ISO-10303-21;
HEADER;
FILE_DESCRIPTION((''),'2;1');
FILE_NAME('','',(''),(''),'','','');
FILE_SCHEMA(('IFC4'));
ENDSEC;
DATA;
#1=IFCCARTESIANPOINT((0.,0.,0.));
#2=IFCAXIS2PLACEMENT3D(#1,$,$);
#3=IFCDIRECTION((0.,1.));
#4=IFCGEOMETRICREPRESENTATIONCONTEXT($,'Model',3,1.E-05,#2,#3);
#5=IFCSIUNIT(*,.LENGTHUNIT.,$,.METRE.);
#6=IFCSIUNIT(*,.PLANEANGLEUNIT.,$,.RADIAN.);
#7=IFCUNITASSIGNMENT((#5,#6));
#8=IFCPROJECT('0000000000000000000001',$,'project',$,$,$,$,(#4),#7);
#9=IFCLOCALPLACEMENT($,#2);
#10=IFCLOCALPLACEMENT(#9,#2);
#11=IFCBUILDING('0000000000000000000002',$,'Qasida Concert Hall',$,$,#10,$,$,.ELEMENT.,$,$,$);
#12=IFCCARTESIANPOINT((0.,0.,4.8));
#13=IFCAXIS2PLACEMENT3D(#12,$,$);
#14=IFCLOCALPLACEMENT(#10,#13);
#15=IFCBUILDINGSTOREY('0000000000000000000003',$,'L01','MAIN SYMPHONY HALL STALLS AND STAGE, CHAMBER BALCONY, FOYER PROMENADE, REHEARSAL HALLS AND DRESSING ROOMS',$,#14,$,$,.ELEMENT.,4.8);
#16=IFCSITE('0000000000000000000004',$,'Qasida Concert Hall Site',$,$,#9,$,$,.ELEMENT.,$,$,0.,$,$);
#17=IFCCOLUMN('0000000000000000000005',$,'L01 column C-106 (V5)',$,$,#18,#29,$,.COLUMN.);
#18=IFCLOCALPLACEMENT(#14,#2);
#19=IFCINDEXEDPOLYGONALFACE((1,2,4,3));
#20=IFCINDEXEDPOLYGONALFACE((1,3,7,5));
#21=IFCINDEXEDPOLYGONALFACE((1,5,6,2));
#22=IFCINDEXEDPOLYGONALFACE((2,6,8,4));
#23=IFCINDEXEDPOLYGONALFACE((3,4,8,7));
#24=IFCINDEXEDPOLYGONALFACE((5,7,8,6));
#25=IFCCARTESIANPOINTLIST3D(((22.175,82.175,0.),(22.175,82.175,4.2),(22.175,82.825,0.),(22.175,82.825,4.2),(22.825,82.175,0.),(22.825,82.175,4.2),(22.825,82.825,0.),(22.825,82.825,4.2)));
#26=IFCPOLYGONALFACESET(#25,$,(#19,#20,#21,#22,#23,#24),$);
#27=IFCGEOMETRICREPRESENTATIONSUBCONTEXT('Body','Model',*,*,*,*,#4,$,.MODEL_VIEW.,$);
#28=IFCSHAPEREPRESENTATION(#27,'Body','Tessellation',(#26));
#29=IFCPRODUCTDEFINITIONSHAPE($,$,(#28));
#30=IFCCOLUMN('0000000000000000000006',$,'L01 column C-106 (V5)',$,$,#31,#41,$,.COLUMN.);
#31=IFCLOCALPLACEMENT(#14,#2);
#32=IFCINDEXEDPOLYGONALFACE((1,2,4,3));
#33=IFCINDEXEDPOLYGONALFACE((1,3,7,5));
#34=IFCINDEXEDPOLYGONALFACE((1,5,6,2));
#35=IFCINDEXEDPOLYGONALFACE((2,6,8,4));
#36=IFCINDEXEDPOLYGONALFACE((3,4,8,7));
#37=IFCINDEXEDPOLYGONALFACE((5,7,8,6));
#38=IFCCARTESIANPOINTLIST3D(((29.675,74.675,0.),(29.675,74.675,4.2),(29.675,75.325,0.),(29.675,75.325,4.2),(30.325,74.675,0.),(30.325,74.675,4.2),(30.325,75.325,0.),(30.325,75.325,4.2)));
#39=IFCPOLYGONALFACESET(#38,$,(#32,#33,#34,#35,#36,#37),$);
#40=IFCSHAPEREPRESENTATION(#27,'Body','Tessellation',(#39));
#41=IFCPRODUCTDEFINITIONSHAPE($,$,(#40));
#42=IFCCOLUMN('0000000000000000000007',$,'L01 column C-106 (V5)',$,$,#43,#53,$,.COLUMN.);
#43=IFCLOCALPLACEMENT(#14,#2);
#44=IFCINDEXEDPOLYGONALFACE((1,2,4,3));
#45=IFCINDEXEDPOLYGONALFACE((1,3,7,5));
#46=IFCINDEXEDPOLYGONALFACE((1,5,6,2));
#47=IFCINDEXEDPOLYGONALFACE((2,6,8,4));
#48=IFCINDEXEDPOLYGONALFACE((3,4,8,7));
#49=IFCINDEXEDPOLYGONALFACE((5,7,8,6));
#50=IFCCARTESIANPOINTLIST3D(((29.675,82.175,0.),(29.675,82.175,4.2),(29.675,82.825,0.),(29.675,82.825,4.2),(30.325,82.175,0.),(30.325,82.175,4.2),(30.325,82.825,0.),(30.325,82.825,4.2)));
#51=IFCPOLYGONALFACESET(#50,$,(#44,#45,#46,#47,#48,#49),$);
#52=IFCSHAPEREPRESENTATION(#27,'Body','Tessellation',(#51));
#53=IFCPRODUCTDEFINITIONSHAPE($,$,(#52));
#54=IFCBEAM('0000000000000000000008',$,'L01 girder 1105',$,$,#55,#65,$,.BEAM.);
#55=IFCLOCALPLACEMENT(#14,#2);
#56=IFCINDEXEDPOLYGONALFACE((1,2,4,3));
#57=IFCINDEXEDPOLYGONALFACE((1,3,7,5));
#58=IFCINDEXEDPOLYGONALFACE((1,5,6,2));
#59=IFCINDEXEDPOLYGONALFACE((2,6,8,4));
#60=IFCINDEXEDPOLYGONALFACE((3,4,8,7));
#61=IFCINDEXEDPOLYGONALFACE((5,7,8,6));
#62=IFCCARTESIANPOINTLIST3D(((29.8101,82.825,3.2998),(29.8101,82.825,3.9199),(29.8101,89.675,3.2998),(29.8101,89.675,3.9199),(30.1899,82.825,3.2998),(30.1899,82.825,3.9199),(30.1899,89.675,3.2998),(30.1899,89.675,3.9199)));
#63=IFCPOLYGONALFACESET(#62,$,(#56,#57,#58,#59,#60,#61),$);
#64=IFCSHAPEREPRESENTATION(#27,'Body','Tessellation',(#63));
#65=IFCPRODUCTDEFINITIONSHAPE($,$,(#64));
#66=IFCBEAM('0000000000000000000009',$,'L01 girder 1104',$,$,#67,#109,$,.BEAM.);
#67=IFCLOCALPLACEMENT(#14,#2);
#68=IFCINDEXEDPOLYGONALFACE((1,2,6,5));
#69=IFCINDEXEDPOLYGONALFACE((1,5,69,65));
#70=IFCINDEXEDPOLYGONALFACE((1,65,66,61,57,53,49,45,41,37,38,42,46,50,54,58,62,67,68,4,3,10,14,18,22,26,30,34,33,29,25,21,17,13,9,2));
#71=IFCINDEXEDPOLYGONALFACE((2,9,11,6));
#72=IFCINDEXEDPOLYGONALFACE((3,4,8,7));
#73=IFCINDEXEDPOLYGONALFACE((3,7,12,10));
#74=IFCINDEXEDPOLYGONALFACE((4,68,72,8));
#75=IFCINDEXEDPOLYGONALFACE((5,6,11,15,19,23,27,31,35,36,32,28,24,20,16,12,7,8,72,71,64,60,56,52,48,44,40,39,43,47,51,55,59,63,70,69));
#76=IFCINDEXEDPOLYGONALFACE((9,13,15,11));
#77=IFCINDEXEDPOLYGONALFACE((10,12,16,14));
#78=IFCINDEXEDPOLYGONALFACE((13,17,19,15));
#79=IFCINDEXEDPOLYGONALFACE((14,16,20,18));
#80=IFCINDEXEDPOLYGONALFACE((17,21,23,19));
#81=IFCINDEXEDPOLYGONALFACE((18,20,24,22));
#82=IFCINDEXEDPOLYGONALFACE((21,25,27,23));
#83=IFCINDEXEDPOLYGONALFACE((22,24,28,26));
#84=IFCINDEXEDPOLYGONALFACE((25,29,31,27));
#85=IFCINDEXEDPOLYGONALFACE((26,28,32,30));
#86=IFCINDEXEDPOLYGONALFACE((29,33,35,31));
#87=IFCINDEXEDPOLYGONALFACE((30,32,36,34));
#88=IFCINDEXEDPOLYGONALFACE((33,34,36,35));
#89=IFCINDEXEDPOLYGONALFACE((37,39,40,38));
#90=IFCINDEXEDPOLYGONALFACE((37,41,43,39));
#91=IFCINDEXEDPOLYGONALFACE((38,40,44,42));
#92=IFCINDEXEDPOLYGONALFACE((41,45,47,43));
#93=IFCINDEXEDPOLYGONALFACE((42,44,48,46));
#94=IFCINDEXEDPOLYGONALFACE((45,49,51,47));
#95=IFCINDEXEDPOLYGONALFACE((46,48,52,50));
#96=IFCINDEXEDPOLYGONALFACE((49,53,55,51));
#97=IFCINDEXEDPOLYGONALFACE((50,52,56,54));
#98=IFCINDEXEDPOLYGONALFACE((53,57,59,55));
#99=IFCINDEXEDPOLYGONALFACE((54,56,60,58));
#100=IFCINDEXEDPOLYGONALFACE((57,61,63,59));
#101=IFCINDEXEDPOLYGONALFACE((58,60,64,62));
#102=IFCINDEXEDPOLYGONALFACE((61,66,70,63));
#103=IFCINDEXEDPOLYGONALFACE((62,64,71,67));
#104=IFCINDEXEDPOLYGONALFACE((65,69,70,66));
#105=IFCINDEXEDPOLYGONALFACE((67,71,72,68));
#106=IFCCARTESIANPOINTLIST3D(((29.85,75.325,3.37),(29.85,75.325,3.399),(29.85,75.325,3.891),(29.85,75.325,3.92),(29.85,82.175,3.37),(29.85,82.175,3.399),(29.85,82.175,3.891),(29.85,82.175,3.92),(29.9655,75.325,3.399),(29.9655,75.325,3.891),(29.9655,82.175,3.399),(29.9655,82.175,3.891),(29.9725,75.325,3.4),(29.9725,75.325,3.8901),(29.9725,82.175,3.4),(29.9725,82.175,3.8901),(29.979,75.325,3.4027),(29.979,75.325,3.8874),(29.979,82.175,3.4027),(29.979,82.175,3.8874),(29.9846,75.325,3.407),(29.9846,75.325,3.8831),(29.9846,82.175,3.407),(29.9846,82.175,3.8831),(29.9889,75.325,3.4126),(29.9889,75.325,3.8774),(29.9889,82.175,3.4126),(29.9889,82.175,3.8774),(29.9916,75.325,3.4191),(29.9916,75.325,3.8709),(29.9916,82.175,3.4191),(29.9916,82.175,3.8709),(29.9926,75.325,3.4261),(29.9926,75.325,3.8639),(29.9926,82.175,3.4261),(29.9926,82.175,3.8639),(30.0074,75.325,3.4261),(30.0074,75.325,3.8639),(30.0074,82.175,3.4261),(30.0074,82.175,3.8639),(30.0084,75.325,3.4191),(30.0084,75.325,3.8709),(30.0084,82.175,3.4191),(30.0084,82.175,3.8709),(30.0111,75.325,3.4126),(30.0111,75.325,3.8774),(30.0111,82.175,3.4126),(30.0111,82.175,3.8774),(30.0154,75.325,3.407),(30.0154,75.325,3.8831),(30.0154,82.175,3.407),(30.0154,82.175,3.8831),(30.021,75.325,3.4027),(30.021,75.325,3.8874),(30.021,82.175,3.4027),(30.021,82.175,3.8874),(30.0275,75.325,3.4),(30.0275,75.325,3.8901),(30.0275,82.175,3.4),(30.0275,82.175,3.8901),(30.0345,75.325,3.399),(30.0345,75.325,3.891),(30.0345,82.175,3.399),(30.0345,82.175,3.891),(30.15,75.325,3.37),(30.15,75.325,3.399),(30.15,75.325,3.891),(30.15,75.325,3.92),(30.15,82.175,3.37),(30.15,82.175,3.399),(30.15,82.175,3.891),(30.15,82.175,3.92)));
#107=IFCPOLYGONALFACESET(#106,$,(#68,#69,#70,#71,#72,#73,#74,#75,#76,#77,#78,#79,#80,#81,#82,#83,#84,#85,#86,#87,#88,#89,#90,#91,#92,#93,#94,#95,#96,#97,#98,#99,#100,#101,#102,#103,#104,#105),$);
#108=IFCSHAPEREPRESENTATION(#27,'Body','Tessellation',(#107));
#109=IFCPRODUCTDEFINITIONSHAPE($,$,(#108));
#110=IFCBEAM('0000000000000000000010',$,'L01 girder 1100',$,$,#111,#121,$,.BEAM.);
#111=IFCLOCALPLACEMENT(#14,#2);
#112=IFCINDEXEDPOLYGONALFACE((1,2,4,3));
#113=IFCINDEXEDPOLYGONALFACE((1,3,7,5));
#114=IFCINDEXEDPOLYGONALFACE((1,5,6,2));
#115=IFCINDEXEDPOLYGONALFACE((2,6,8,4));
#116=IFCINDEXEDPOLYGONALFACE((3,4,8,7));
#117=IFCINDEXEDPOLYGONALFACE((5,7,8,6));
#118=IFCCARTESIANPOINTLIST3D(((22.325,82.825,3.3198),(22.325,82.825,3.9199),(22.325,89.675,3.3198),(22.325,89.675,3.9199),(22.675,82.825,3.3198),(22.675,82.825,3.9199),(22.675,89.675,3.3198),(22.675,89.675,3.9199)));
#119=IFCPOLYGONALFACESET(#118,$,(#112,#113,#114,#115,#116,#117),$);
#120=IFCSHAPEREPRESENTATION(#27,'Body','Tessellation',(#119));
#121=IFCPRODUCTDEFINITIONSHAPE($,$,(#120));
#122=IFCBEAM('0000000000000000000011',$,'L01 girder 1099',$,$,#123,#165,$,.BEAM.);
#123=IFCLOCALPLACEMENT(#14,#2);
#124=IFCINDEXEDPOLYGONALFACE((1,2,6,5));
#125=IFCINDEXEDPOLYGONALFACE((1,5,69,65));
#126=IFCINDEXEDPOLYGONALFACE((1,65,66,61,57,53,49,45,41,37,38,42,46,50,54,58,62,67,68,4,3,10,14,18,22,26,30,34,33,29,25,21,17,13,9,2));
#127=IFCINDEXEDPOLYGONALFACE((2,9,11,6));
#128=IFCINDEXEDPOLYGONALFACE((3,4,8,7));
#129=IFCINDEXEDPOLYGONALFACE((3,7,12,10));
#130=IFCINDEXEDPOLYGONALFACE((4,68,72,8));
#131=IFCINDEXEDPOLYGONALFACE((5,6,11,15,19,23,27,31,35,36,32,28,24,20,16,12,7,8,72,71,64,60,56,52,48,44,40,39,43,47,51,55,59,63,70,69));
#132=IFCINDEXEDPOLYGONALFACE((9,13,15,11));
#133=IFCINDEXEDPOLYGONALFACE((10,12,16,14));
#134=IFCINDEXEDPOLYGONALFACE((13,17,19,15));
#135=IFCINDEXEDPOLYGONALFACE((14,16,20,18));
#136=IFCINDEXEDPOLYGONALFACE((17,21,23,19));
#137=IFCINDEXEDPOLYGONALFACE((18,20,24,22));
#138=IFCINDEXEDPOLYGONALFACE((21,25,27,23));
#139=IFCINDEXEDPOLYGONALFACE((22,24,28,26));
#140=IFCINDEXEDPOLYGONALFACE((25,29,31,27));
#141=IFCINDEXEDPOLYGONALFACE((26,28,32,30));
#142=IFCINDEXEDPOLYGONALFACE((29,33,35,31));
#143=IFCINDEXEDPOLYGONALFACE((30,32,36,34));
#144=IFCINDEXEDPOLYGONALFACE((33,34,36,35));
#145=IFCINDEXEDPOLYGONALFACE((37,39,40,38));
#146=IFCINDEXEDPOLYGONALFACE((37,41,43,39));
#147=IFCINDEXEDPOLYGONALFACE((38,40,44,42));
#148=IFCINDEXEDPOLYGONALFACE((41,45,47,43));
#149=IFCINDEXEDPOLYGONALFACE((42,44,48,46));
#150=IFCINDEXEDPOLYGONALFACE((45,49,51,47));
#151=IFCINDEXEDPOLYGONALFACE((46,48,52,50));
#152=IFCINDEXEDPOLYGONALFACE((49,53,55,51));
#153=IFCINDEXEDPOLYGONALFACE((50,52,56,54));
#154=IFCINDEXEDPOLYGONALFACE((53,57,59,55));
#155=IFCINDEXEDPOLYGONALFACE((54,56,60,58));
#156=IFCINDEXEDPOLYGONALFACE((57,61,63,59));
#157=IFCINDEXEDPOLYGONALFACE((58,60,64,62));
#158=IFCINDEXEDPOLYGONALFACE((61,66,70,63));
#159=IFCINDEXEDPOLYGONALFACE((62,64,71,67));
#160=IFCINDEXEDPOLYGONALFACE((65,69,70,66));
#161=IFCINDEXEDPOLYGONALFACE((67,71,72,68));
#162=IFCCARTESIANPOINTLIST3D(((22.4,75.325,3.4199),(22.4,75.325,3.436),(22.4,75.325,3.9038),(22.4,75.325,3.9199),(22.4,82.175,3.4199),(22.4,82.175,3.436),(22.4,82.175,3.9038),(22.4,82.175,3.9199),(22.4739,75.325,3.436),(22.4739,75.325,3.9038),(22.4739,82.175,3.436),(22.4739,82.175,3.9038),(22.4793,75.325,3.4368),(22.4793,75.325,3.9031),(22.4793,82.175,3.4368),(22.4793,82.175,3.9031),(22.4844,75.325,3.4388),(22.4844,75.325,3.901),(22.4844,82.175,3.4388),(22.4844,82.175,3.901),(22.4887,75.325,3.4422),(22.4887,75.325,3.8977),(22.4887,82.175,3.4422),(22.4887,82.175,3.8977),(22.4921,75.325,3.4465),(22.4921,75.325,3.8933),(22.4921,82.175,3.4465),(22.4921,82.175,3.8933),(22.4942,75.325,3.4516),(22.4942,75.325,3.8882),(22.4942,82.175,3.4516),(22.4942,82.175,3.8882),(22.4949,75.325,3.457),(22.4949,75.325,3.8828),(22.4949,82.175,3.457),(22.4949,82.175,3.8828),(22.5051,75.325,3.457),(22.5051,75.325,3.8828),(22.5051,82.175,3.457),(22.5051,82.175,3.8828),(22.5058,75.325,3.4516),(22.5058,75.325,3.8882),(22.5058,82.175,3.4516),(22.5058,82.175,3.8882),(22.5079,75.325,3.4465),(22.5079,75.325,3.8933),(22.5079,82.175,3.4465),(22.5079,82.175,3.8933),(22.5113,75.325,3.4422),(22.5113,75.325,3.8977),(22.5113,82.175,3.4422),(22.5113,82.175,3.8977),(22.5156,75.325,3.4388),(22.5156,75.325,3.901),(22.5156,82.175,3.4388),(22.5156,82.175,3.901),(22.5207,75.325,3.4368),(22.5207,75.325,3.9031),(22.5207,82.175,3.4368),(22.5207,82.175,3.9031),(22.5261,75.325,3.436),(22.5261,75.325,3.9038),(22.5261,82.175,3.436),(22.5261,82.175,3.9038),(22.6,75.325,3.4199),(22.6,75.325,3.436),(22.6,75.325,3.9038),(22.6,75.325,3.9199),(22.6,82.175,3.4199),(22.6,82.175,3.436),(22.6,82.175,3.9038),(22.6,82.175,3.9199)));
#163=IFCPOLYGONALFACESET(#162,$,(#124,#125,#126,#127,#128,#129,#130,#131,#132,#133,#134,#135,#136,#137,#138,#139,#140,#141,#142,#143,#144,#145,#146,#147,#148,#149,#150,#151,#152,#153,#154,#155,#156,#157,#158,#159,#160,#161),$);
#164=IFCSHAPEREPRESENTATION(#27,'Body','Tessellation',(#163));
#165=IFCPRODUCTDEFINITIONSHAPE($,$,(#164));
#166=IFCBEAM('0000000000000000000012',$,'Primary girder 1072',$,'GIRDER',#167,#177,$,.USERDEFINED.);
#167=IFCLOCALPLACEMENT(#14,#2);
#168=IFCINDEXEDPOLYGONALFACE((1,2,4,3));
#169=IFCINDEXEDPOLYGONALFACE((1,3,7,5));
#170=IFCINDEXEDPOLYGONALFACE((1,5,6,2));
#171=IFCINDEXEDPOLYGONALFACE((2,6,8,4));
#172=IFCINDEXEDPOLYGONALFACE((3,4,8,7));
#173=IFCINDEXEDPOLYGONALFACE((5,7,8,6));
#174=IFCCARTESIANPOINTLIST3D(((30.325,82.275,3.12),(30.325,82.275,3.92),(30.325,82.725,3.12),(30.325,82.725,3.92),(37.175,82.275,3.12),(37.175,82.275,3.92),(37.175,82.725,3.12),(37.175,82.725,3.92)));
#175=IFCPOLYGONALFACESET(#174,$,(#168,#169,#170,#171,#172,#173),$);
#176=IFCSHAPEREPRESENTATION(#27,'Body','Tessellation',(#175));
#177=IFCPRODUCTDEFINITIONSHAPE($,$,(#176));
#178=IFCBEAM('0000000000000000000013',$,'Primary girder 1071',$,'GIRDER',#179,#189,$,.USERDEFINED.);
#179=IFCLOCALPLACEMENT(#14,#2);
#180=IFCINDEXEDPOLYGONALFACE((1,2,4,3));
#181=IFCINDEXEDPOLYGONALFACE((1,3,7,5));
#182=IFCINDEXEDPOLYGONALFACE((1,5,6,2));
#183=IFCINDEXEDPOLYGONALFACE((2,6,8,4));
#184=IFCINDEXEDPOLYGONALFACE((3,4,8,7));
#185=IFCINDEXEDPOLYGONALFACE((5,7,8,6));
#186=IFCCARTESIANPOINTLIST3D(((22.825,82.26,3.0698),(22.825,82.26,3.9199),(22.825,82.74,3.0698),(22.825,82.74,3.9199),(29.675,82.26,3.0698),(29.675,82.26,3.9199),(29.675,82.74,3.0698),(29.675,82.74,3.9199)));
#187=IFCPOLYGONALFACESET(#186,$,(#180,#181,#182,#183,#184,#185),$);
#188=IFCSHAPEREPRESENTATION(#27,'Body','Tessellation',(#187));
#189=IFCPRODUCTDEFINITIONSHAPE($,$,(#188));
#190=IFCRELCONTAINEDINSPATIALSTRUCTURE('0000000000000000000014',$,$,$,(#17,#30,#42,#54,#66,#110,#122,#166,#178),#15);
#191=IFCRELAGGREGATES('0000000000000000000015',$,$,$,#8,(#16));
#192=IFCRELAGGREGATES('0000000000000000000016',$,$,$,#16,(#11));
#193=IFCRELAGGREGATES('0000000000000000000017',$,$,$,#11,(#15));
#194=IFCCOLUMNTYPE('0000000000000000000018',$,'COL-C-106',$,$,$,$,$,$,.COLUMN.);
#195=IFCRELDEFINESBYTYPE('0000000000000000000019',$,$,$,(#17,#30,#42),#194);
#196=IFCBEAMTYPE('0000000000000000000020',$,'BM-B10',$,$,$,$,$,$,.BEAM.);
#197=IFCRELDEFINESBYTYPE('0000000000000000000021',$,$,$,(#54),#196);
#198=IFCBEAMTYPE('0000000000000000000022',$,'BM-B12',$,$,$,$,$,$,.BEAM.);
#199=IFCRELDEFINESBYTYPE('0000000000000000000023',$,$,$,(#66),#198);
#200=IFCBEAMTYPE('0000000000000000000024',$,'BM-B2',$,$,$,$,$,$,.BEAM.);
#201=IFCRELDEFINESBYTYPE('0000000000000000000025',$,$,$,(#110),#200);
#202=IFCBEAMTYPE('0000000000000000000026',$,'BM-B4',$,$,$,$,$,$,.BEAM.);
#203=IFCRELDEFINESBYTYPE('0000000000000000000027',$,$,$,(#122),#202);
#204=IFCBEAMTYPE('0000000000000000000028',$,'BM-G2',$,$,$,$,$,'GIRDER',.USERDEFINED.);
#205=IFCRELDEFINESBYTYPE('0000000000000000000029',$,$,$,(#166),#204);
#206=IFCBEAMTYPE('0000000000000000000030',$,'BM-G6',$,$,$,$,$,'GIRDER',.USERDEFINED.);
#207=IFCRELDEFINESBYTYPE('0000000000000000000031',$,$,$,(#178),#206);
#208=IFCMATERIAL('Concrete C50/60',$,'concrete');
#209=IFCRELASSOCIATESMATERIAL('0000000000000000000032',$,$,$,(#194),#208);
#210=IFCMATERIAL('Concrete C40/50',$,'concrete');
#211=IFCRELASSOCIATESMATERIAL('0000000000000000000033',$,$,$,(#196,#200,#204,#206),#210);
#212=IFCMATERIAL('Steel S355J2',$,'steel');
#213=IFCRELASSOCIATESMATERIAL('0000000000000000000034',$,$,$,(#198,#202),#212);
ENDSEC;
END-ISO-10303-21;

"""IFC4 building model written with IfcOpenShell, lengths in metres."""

from ifc_helpers import new_model, si_unit, direction, frame, origin, origin_2d, place, context, subcontext, project, spatial, rectangle, i_section, extrude, material, material_profile, profile_set, type_object, element, save


model = new_model("IFC4")

# Units and contexts
model_context = context("Model", 3, precision=1e-05, world=origin(), true_north=direction((0.0, 1.0)))
body_context = subcontext(model_context, "Body", "Model", "MODEL_VIEW")
ifc_project = project(units=[si_unit("LENGTHUNIT", "METRE"), si_unit("PLANEANGLEUNIT", "RADIAN")], contexts=[model_context])

# Site, building, storey
site_placement = place(None, origin())
site = spatial("IfcSite", under=ifc_project, at=site_placement, Name="Qasida Concert Hall Site", CompositionType="ELEMENT", RefElevation=0.0)
building_placement = place(site_placement, origin())
building = spatial("IfcBuilding", under=site, at=building_placement, Name="Qasida Concert Hall", CompositionType="ELEMENT")
storey_placement = place(building_placement, frame((0.0, 0.0, 4.8)))
storey = spatial("IfcBuildingStorey", under=building, at=storey_placement, Name="L01", Description="MAIN SYMPHONY HALL STALLS AND STAGE, CHAMBER BALCONY, FOYER PROMENADE, REHEARSAL HALLS AND DRESSING ROOMS", CompositionType="ELEMENT", Elevation=4.8)

# Columns
ifc_material_1 = material(Name="Concrete C50/60", Category="concrete")
ifc_material_profile_1 = material_profile(ifc_material_1, rectangle(XDim=0.6499, YDim=0.6499, at=origin_2d()), Name="RC 650x650")
ifc_profile_set_1 = profile_set([ifc_material_profile_1], Name="Concrete C50/60")
column_type = type_object("IfcColumnType", Name="COL-C-106", PredefinedType="COLUMN", material=ifc_profile_set_1)
for number, where, z_axis, x_axis, name in (
    (1, (22.5, 82.5, 0.0), (0.0, 0.0, 1.0), (1.0, 0.0, 0.0), "L01 column C-106 (V5)"),
    (2, (30.0, 75.0, 0.0), (0.0, 0.0, 1.0), (1.0, 0.0, 0.0), "L01 column C-106 (V5)"),
    (3, (30.0, 82.5, 0.0), (0.0, 0.0, 1.0), (1.0, 0.0, 0.0), "L01 column C-106 (V5)"),
):
    element("IfcColumn", number, at=place(storey_placement, frame(where, z_axis=z_axis, x_axis=x_axis)), inside=storey, type_object=column_type, Name=name, PredefinedType="COLUMN", context=body_context, shape_type="SweptSolid", body=[
        extrude(rectangle(XDim=0.6499, YDim=0.6499, at=origin_2d()), origin(), (0.0, 0.0, 1.0), 4.2),
    ])

# Beams
ifc_material_2 = material(Name="Concrete C40/50", Category="concrete")
ifc_material_profile_2 = material_profile(ifc_material_2, rectangle(XDim=0.3799, YDim=0.6201, at=origin_2d()), Name="RC 380x620")
ifc_profile_set_2 = profile_set([ifc_material_profile_2], Name="Concrete C40/50")
beam_type_1 = type_object("IfcBeamType", Name="BM-B10", PredefinedType="BEAM", material=ifc_profile_set_2)
beam_1_placement = place(storey_placement, frame((30.0, 82.825, 3.6099), z_axis=(0.0, 1.0, 0.0), x_axis=(-1.0, 0.0, 0.0)))
element("IfcBeam", 4, at=beam_1_placement, inside=storey, type_object=beam_type_1, Name="L01 girder 1105", PredefinedType="BEAM", context=body_context, shape_type="SweptSolid", body=[
    extrude(rectangle(XDim=0.3799, YDim=0.6201, at=origin_2d()), origin(), (0.0, 0.0, 1.0), 6.8501),
])
ifc_material_3 = material(Name="Steel S355J2", Category="steel")
ifc_material_profile_3 = material_profile(ifc_material_3, i_section(OverallWidth=0.3, OverallDepth=0.55, WebThickness=0.0149, FlangeThickness=0.0291, FilletRadius=0.0271, at=origin_2d()), Name="HEB 550")
ifc_profile_set_3 = profile_set([ifc_material_profile_3], Name="Steel S355J2")
beam_type_2 = type_object("IfcBeamType", Name="BM-B12", PredefinedType="BEAM", material=ifc_profile_set_3)
beam_2_placement = place(storey_placement, frame((30.0, 75.325, 3.645), z_axis=(0.0, 1.0, 0.0), x_axis=(-1.0, 0.0, 0.0)))
element("IfcBeam", 5, at=beam_2_placement, inside=storey, type_object=beam_type_2, Name="L01 girder 1104", PredefinedType="BEAM", context=body_context, shape_type="SweptSolid", body=[
    extrude(i_section(OverallWidth=0.3, OverallDepth=0.55, WebThickness=0.0149, FlangeThickness=0.0291, FilletRadius=0.0271, at=origin_2d()), origin(), (0.0, 0.0, 1.0), 6.8501),
])
ifc_material_profile_4 = material_profile(ifc_material_2, rectangle(XDim=0.3501, YDim=0.6001, at=origin_2d()), Name="RC 350x600")
ifc_profile_set_4 = profile_set([ifc_material_profile_4], Name="Concrete C40/50")
beam_type_3 = type_object("IfcBeamType", Name="BM-B2", PredefinedType="BEAM", material=ifc_profile_set_4)
beam_3_placement = place(storey_placement, frame((22.5, 82.825, 3.6199), z_axis=(0.0, 1.0, 0.0), x_axis=(-1.0, 0.0, 0.0)))
element("IfcBeam", 6, at=beam_3_placement, inside=storey, type_object=beam_type_3, Name="L01 girder 1100", PredefinedType="BEAM", context=body_context, shape_type="SweptSolid", body=[
    extrude(rectangle(XDim=0.3501, YDim=0.6001, at=origin_2d()), origin(), (0.0, 0.0, 1.0), 6.8501),
])
ifc_material_profile_5 = material_profile(ifc_material_3, i_section(OverallWidth=0.2, OverallDepth=0.5, WebThickness=0.0103, FlangeThickness=0.0161, FilletRadius=0.021, at=origin_2d()), Name="IPE 500")
ifc_profile_set_5 = profile_set([ifc_material_profile_5], Name="Steel S355J2")
beam_type_4 = type_object("IfcBeamType", Name="BM-B4", PredefinedType="BEAM", material=ifc_profile_set_5)
beam_4_placement = place(storey_placement, frame((22.5, 75.325, 3.6699), z_axis=(0.0, 1.0, 0.0), x_axis=(-1.0, 0.0, 0.0)))
element("IfcBeam", 7, at=beam_4_placement, inside=storey, type_object=beam_type_4, Name="L01 girder 1099", PredefinedType="BEAM", context=body_context, shape_type="SweptSolid", body=[
    extrude(i_section(OverallWidth=0.2, OverallDepth=0.5, WebThickness=0.0103, FlangeThickness=0.0161, FilletRadius=0.021, at=origin_2d()), origin(), (0.0, 0.0, 1.0), 6.8501),
])
ifc_material_profile_6 = material_profile(ifc_material_2, rectangle(XDim=0.45, YDim=0.8, at=origin_2d()), Name="RC 450x800")
ifc_profile_set_6 = profile_set([ifc_material_profile_6], Name="Concrete C40/50")
beam_type_5 = type_object("IfcBeamType", Name="BM-G2", ElementType="GIRDER", PredefinedType="USERDEFINED", material=ifc_profile_set_6)
beam_5_placement = place(storey_placement, frame((30.325, 82.5, 3.52), z_axis=(1.0, 0.0, 0.0), x_axis=(0.0, 1.0, 0.0)))
element("IfcBeam", 8, at=beam_5_placement, inside=storey, type_object=beam_type_5, Name="Primary girder 1072", ObjectType="GIRDER", PredefinedType="USERDEFINED", context=body_context, shape_type="SweptSolid", body=[
    extrude(rectangle(XDim=0.45, YDim=0.8, at=origin_2d()), origin(), (0.0, 0.0, 1.0), 6.8501),
])
ifc_material_profile_7 = material_profile(ifc_material_2, rectangle(XDim=0.48, YDim=0.8501, at=origin_2d()), Name="RC 480x850")
ifc_profile_set_7 = profile_set([ifc_material_profile_7], Name="Concrete C40/50")
beam_type_6 = type_object("IfcBeamType", Name="BM-G6", ElementType="GIRDER", PredefinedType="USERDEFINED", material=ifc_profile_set_7)
beam_6_placement = place(storey_placement, frame((22.825, 82.5, 3.4949), z_axis=(1.0, 0.0, 0.0), x_axis=(0.0, 1.0, 0.0)))
element("IfcBeam", 9, at=beam_6_placement, inside=storey, type_object=beam_type_6, Name="Primary girder 1071", ObjectType="GIRDER", PredefinedType="USERDEFINED", context=body_context, shape_type="SweptSolid", body=[
    extrude(rectangle(XDim=0.48, YDim=0.8501, at=origin_2d()), origin(), (0.0, 0.0, 1.0), 6.8501),
])

save(model, "model.ifc")
